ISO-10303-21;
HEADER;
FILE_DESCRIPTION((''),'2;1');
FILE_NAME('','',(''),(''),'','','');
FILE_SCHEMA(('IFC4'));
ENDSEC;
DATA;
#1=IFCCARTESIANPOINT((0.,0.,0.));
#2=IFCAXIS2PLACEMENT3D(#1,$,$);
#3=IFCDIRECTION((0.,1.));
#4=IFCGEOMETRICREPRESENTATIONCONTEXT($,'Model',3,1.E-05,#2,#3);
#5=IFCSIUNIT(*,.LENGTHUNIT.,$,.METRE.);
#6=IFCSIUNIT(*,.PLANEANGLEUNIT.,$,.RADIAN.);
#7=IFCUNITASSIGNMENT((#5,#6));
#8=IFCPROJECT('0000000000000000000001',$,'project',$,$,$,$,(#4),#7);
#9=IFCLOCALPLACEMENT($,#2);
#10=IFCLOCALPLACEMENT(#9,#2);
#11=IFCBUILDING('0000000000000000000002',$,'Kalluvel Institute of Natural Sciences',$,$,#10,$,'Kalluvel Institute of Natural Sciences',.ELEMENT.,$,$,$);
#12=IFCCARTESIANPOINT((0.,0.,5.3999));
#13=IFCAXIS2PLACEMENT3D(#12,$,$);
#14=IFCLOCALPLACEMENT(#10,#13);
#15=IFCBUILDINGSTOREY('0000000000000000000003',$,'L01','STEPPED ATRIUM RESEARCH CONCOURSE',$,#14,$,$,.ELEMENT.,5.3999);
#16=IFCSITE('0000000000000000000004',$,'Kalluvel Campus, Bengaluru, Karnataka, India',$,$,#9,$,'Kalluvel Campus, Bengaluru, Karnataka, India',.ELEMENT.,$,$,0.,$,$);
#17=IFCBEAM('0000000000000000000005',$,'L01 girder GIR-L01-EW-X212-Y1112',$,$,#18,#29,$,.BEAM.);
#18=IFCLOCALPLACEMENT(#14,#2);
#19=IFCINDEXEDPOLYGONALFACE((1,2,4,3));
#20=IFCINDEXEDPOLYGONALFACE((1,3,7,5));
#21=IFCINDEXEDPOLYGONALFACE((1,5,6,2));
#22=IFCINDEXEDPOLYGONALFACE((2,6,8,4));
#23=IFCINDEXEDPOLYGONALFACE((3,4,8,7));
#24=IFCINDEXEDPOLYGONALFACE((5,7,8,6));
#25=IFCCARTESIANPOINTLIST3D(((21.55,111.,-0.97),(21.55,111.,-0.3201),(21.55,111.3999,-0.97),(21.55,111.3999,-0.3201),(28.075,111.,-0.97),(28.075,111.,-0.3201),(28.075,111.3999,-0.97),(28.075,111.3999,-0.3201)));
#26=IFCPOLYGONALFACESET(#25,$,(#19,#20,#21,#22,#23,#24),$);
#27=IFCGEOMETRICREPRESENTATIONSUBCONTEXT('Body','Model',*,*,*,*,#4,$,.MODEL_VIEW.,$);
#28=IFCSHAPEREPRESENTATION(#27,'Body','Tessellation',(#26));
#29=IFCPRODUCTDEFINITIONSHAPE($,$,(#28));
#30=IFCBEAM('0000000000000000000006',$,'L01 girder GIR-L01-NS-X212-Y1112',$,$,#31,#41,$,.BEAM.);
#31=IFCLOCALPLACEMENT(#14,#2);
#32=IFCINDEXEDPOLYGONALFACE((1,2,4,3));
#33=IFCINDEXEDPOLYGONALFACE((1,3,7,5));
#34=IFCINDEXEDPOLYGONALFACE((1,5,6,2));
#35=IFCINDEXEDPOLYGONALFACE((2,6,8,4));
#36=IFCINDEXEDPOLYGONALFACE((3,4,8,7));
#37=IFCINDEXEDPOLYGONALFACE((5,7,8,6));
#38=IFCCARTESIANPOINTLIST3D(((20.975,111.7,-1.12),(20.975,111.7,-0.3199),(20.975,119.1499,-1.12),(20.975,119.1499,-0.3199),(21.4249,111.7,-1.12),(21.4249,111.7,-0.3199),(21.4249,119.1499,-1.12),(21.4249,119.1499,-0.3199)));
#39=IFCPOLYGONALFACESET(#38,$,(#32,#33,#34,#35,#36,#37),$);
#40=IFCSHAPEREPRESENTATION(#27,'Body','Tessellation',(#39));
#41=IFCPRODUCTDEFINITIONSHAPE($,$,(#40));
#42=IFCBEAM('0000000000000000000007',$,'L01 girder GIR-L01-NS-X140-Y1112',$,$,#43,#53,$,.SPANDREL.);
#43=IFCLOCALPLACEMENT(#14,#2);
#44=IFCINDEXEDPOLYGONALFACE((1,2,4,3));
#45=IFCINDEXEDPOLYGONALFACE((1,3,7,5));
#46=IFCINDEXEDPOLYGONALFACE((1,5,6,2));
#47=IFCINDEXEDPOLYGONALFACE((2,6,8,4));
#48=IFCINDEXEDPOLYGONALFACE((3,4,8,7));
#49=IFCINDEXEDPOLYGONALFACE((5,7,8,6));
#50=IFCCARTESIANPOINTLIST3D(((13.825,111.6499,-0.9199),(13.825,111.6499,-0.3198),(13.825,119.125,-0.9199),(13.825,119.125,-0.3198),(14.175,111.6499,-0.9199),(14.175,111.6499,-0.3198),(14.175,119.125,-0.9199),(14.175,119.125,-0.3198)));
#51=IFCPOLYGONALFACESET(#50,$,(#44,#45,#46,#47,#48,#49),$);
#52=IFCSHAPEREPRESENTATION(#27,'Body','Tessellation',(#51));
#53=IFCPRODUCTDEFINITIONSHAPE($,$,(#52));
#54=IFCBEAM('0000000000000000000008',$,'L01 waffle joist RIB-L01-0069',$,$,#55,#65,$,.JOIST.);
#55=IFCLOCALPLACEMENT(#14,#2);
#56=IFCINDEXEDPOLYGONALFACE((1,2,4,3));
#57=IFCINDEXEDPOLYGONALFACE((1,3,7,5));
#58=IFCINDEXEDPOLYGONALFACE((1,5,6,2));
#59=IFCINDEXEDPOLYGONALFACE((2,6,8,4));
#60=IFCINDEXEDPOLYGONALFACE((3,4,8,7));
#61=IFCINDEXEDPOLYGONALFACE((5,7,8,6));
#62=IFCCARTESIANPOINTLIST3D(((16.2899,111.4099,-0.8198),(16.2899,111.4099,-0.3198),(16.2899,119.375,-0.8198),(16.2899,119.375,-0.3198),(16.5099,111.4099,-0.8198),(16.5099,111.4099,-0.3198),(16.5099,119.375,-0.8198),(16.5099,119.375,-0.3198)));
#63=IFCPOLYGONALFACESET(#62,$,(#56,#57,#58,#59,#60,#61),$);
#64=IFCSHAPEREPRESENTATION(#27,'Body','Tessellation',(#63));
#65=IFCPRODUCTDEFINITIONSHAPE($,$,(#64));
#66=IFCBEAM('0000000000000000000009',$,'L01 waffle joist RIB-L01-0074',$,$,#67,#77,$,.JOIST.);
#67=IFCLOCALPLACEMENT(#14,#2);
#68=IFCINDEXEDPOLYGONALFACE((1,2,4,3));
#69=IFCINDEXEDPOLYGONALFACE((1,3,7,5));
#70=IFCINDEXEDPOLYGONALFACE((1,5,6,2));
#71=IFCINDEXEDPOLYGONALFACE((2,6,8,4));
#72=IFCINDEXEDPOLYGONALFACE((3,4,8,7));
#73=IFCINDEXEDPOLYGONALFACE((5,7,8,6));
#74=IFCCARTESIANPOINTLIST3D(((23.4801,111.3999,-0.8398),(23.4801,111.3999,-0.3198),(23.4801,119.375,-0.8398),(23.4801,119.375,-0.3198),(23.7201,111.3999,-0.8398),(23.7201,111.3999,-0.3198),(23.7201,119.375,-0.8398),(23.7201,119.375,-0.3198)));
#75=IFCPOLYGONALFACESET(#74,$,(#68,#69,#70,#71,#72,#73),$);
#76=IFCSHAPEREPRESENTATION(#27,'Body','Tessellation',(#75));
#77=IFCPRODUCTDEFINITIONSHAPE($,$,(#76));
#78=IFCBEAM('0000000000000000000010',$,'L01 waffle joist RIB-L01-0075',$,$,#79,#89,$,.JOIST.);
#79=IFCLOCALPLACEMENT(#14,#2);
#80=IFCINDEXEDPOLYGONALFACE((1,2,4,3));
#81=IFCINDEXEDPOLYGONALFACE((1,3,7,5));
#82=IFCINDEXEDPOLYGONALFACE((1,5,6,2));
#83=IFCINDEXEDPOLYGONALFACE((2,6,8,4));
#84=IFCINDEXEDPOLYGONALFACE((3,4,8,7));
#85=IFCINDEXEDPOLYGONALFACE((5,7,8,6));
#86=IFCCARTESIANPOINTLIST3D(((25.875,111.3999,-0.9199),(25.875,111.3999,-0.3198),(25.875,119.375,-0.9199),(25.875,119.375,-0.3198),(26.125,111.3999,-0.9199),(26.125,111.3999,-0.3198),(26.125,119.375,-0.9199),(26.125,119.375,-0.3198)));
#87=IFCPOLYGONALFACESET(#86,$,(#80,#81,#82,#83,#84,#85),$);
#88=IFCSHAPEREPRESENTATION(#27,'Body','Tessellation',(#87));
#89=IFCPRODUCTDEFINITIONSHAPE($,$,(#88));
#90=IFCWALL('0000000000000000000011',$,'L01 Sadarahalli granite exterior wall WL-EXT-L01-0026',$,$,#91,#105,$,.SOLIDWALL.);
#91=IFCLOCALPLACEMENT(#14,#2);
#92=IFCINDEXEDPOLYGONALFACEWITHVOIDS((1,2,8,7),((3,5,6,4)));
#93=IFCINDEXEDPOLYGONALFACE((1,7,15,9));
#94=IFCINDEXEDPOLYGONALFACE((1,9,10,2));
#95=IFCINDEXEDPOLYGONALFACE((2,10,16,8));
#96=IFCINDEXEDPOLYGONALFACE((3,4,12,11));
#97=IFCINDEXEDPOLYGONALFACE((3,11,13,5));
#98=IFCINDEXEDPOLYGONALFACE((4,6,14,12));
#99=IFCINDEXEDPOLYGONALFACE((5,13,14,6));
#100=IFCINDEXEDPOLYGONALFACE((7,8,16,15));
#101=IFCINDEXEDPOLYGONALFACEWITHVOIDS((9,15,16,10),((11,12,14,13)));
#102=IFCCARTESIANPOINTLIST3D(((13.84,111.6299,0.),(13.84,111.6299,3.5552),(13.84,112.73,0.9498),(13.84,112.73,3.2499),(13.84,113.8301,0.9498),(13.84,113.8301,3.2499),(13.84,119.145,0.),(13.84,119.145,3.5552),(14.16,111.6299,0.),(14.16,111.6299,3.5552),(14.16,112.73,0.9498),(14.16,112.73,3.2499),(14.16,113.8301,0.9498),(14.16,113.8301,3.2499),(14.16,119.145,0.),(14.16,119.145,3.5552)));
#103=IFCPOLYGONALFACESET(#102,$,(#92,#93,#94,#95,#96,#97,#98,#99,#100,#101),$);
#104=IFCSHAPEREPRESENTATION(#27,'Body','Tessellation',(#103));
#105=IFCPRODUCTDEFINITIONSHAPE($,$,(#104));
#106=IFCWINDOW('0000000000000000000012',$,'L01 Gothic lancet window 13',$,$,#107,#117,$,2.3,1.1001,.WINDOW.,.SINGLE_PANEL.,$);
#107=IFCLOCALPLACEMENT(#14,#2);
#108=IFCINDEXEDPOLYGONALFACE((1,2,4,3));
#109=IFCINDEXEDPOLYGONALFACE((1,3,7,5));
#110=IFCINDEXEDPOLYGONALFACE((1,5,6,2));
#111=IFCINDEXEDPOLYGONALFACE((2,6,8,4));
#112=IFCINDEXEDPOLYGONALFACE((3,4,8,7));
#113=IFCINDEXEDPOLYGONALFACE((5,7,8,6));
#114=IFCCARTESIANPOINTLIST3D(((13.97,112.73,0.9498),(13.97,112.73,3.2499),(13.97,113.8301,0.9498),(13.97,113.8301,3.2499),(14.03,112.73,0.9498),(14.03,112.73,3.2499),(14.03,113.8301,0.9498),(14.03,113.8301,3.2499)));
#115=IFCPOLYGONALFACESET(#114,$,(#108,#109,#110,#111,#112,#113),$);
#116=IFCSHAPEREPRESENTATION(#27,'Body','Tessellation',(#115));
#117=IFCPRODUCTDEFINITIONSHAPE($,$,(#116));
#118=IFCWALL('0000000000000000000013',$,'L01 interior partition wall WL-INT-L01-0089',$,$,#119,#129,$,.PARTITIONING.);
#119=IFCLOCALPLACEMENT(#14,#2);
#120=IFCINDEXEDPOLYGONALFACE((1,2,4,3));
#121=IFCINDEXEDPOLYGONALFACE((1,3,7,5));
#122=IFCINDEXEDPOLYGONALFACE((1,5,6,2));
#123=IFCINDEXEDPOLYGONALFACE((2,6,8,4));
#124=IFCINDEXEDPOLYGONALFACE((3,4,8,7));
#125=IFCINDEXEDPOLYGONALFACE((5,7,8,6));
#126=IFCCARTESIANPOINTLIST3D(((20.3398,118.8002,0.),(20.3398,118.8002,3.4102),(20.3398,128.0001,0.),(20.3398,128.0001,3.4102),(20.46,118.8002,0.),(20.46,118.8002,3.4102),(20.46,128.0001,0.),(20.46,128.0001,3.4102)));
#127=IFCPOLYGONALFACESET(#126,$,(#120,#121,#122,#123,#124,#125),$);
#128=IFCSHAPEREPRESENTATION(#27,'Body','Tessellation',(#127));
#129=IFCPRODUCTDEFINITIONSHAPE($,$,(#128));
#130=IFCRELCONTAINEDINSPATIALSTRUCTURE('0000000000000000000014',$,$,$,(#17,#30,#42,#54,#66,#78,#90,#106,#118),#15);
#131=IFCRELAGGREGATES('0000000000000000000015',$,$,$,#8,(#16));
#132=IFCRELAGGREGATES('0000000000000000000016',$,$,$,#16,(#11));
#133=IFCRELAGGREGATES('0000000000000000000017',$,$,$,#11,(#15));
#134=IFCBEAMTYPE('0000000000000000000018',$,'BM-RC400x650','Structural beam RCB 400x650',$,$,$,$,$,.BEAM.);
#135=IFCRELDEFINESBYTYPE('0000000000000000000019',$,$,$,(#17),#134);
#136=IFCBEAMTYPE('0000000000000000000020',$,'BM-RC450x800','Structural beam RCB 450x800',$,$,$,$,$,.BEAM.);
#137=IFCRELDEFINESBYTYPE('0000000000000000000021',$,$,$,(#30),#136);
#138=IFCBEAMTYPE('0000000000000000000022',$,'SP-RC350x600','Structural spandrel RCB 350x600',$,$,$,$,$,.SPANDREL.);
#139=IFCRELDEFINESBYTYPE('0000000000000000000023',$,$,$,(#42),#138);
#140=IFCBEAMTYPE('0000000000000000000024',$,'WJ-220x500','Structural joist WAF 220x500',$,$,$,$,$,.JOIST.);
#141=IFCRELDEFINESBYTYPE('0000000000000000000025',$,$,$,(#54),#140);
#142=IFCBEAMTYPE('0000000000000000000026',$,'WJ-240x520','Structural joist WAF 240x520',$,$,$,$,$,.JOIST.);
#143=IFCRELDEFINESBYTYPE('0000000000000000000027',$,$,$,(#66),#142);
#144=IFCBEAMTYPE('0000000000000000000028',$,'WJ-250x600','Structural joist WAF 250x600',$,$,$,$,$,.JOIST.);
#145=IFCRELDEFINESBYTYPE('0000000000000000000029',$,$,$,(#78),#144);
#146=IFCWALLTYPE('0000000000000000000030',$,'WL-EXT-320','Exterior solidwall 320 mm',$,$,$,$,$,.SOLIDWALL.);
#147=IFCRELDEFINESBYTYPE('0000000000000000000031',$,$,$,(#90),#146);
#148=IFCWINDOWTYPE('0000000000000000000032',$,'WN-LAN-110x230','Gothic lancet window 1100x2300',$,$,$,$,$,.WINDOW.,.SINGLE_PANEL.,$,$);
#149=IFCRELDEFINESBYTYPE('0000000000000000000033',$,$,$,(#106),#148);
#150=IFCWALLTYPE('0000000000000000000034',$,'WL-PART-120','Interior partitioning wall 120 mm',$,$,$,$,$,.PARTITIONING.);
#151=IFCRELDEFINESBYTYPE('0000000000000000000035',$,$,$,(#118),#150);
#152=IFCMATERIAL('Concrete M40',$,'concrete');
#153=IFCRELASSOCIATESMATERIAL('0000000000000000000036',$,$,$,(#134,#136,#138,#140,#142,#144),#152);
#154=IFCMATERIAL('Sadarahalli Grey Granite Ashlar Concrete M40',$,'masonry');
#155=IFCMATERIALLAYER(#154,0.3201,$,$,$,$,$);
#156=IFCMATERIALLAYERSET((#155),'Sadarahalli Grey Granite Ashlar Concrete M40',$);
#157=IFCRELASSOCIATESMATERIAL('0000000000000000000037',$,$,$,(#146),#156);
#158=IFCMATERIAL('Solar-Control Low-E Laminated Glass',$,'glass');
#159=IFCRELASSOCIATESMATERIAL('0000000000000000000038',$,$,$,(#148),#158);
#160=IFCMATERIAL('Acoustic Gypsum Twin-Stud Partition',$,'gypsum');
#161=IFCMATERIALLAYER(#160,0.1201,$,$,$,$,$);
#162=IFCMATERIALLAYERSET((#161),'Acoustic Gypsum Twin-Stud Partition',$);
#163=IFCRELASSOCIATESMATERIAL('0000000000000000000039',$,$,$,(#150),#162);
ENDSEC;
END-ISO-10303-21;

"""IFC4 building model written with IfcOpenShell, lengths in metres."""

from ifc_helpers import new_model, si_unit, direction, frame, frame_2d, origin, origin_2d, place, context, subcontext, project, spatial, rectangle, extrude, material, layer, layer_set, material_profile, profile_set, type_object, element, fill, save


model = new_model("IFC4")

# Units and contexts
model_context = context("Model", 3, precision=1e-05, world=origin(), true_north=direction((0.0, 1.0)))
body_context = subcontext(model_context, "Body", "Model", "MODEL_VIEW")
ifc_project = project(units=[si_unit("LENGTHUNIT", "METRE"), si_unit("PLANEANGLEUNIT", "RADIAN")], contexts=[model_context])

# Site, building, storey
site_placement = place(None, origin())
site = spatial("IfcSite", under=ifc_project, at=site_placement, Name="Kalluvel Campus, Bengaluru, Karnataka, India", LongName="Kalluvel Campus, Bengaluru, Karnataka, India", CompositionType="ELEMENT", RefElevation=0.0)
building_placement = place(site_placement, origin())
building = spatial("IfcBuilding", under=site, at=building_placement, Name="Kalluvel Institute of Natural Sciences", LongName="Kalluvel Institute of Natural Sciences", CompositionType="ELEMENT")
storey_placement = place(building_placement, frame((0.0, 0.0, 5.3999)))
storey = spatial("IfcBuildingStorey", under=building, at=storey_placement, Name="L01", Description="STEPPED ATRIUM RESEARCH CONCOURSE", CompositionType="ELEMENT", Elevation=5.3999)

# Beams
ifc_material_1 = material(Name="Concrete M40", Category="concrete")
ifc_material_profile_1 = material_profile(ifc_material_1, rectangle(XDim=0.3999, YDim=0.6499, at=origin_2d()), Name="RCB 400x650")
ifc_profile_set_1 = profile_set([ifc_material_profile_1], Name="Concrete M40")
beam_type_1 = type_object("IfcBeamType", Name="BM-RC400x650", Description="Structural beam RCB 400x650", PredefinedType="BEAM", material=ifc_profile_set_1)
beam_1_placement = place(storey_placement, frame((21.55, 111.2, -0.645), z_axis=(1.0, 0.0, 0.0), x_axis=(0.0, 1.0, 0.0)))
element("IfcBeam", 1, at=beam_1_placement, inside=storey, type_object=beam_type_1, Name="L01 girder GIR-L01-EW-X212-Y1112", PredefinedType="BEAM", context=body_context, shape_type="SweptSolid", body=[
    extrude(rectangle(XDim=0.3999, YDim=0.6499, at=origin_2d()), origin(), (0.0, 0.0, 1.0), 6.5249),
])
ifc_material_profile_2 = material_profile(ifc_material_1, rectangle(XDim=0.45, YDim=0.8, at=origin_2d()), Name="RCB 450x800")
ifc_profile_set_2 = profile_set([ifc_material_profile_2], Name="Concrete M40")
beam_type_2 = type_object("IfcBeamType", Name="BM-RC450x800", Description="Structural beam RCB 450x800", PredefinedType="BEAM", material=ifc_profile_set_2)
beam_2_placement = place(storey_placement, frame((21.2, 111.7, -0.72), z_axis=(0.0, 1.0, 0.0), x_axis=(-1.0, 0.0, 0.0)))
element("IfcBeam", 2, at=beam_2_placement, inside=storey, type_object=beam_type_2, Name="L01 girder GIR-L01-NS-X212-Y1112", PredefinedType="BEAM", context=body_context, shape_type="SweptSolid", body=[
    extrude(rectangle(XDim=0.45, YDim=0.8, at=origin_2d()), origin(), (0.0, 0.0, 1.0), 7.45),
])
ifc_material_profile_3 = material_profile(ifc_material_1, rectangle(XDim=0.3501, YDim=0.6001, at=origin_2d()), Name="RCB 350x600")
ifc_profile_set_3 = profile_set([ifc_material_profile_3], Name="Concrete M40")
beam_type_3 = type_object("IfcBeamType", Name="SP-RC350x600", Description="Structural spandrel RCB 350x600", PredefinedType="SPANDREL", material=ifc_profile_set_3)
beam_3_placement = place(storey_placement, frame((14.0, 111.6499, -0.6199), z_axis=(0.0, 1.0, 0.0), x_axis=(-1.0, 0.0, 0.0)))
element("IfcBeam", 3, at=beam_3_placement, inside=storey, type_object=beam_type_3, Name="L01 girder GIR-L01-NS-X140-Y1112", PredefinedType="SPANDREL", context=body_context, shape_type="SweptSolid", body=[
    extrude(rectangle(XDim=0.3501, YDim=0.6001, at=origin_2d()), origin(), (0.0, 0.0, 1.0), 7.4751),
])
ifc_material_profile_4 = material_profile(ifc_material_1, rectangle(XDim=0.22, YDim=0.5, at=origin_2d()), Name="WAF 220x500")
ifc_profile_set_4 = profile_set([ifc_material_profile_4], Name="Concrete M40")
beam_type_4 = type_object("IfcBeamType", Name="WJ-220x500", Description="Structural joist WAF 220x500", PredefinedType="JOIST", material=ifc_profile_set_4)
beam_4_placement = place(storey_placement, frame((16.3999, 111.4099, -0.5698), z_axis=(0.0, 1.0, 0.0), x_axis=(-1.0, 0.0, 0.0)))
element("IfcBeam", 4, at=beam_4_placement, inside=storey, type_object=beam_type_4, Name="L01 waffle joist RIB-L01-0069", PredefinedType="JOIST", context=body_context, shape_type="SweptSolid", body=[
    extrude(rectangle(XDim=0.22, YDim=0.5, at=origin_2d()), origin(), (0.0, 0.0, 1.0), 7.9651),
])
ifc_material_profile_5 = material_profile(ifc_material_1, rectangle(XDim=0.24, YDim=0.52, at=origin_2d()), Name="WAF 240x520")
ifc_profile_set_5 = profile_set([ifc_material_profile_5], Name="Concrete M40")
beam_type_5 = type_object("IfcBeamType", Name="WJ-240x520", Description="Structural joist WAF 240x520", PredefinedType="JOIST", material=ifc_profile_set_5)
beam_5_placement = place(storey_placement, frame((23.6001, 111.3999, -0.5798), z_axis=(0.0, 1.0, 0.0), x_axis=(-1.0, 0.0, 0.0)))
element("IfcBeam", 5, at=beam_5_placement, inside=storey, type_object=beam_type_5, Name="L01 waffle joist RIB-L01-0074", PredefinedType="JOIST", context=body_context, shape_type="SweptSolid", body=[
    extrude(rectangle(XDim=0.24, YDim=0.52, at=origin_2d()), origin(), (0.0, 0.0, 1.0), 7.9751),
])
ifc_material_profile_6 = material_profile(ifc_material_1, rectangle(XDim=0.25, YDim=0.6001, at=origin_2d()), Name="WAF 250x600")
ifc_profile_set_6 = profile_set([ifc_material_profile_6], Name="Concrete M40")
beam_type_6 = type_object("IfcBeamType", Name="WJ-250x600", Description="Structural joist WAF 250x600", PredefinedType="JOIST", material=ifc_profile_set_6)
beam_6_placement = place(storey_placement, frame((26.0, 111.3999, -0.6199), z_axis=(0.0, 1.0, 0.0), x_axis=(-1.0, 0.0, 0.0)))
element("IfcBeam", 6, at=beam_6_placement, inside=storey, type_object=beam_type_6, Name="L01 waffle joist RIB-L01-0075", PredefinedType="JOIST", context=body_context, shape_type="SweptSolid", body=[
    extrude(rectangle(XDim=0.25, YDim=0.6001, at=origin_2d()), origin(), (0.0, 0.0, 1.0), 7.9751),
])

# Wall, opening, window
ifc_material_2 = material(Name="Sadarahalli Grey Granite Ashlar Concrete M40", Category="masonry")
ifc_layer_1 = layer(ifc_material_2, 0.3201)
ifc_layer_set_1 = layer_set([ifc_layer_1], Name="Sadarahalli Grey Granite Ashlar Concrete M40")
wall_type_1 = type_object("IfcWallType", Name="WL-EXT-320", Description="Exterior solidwall 320 mm", PredefinedType="SOLIDWALL", material=ifc_layer_set_1)
wall_1_placement = place(storey_placement, frame((14.0, 111.6299, 0.0), z_axis=(0.0, 0.0, 1.0), x_axis=(0.0, 1.0, 0.0)))
wall_1 = element("IfcWall", 7, at=wall_1_placement, inside=storey, type_object=wall_type_1, Name="L01 Sadarahalli granite exterior wall WL-EXT-L01-0026", PredefinedType="SOLIDWALL", context=body_context, shape_type="SweptSolid", body=[
    extrude(rectangle(XDim=7.5151, YDim=0.3201, at=frame_2d((3.7576, 0.0))), origin(), (0.0, 0.0, 1.0), 3.5552),
])
opening_1_placement = place(wall_1_placement, frame((1.1001, 0.0, 0.95)))
opening_1 = element("IfcOpeningElement", 8, at=opening_1_placement, cuts=wall_1, PredefinedType="OPENING", context=body_context, shape_type="SweptSolid", body=[
    extrude(rectangle(XDim=1.1001, YDim=2.3, at=frame_2d((0.55, 1.1499))), frame((0.0, 0.1699, 0.0), z_axis=(0.0, -1.0, 0.0), x_axis=(1.0, 0.0, 0.0)), (0.0, 0.0, 1.0), 0.3401),
])
ifc_material_3 = material(Name="Solar-Control Low-E Laminated Glass", Category="glass")
window_type = type_object("IfcWindowType", Name="WN-LAN-110x230", Description="Gothic lancet window 1100x2300", PartitioningType="SINGLE_PANEL", PredefinedType="WINDOW", material=ifc_material_3)
window_placement = place(opening_1_placement, origin())
window = element("IfcWindow", 9, at=window_placement, inside=storey, type_object=window_type, Name="L01 Gothic lancet window 13", OverallHeight=2.3, OverallWidth=1.1001, PartitioningType="SINGLE_PANEL", PredefinedType="WINDOW", context=body_context, shape_type="SweptSolid", body=[
    extrude(rectangle(XDim=1.1001, YDim=2.3, at=frame_2d((0.55, 1.1499))), frame((0.0, 0.03, 0.0), z_axis=(0.0, -1.0, 0.0), x_axis=(1.0, 0.0, 0.0)), (0.0, 0.0, 1.0), 0.0601),
])
fill(opening_1, window)

# Wall
ifc_material_4 = material(Name="Acoustic Gypsum Twin-Stud Partition", Category="gypsum")
ifc_layer_2 = layer(ifc_material_4, 0.1201)
ifc_layer_set_2 = layer_set([ifc_layer_2], Name="Acoustic Gypsum Twin-Stud Partition")
wall_type_2 = type_object("IfcWallType", Name="WL-PART-120", Description="Interior partitioning wall 120 mm", PredefinedType="PARTITIONING", material=ifc_layer_set_2)
wall_2_placement = place(storey_placement, frame((20.3999, 118.8, 0.0), z_axis=(0.0, 0.0, 1.0), x_axis=(0.0, 1.0, 0.0)))
element("IfcWall", 10, at=wall_2_placement, inside=storey, type_object=wall_type_2, Name="L01 interior partition wall WL-INT-L01-0089", PredefinedType="PARTITIONING", context=body_context, shape_type="SweptSolid", body=[
    extrude(rectangle(XDim=9.2, YDim=0.1201, at=frame_2d((4.6001, 0.0))), origin(), (0.0, 0.0, 1.0), 3.4102),
])

save(model, "model.ifc")
